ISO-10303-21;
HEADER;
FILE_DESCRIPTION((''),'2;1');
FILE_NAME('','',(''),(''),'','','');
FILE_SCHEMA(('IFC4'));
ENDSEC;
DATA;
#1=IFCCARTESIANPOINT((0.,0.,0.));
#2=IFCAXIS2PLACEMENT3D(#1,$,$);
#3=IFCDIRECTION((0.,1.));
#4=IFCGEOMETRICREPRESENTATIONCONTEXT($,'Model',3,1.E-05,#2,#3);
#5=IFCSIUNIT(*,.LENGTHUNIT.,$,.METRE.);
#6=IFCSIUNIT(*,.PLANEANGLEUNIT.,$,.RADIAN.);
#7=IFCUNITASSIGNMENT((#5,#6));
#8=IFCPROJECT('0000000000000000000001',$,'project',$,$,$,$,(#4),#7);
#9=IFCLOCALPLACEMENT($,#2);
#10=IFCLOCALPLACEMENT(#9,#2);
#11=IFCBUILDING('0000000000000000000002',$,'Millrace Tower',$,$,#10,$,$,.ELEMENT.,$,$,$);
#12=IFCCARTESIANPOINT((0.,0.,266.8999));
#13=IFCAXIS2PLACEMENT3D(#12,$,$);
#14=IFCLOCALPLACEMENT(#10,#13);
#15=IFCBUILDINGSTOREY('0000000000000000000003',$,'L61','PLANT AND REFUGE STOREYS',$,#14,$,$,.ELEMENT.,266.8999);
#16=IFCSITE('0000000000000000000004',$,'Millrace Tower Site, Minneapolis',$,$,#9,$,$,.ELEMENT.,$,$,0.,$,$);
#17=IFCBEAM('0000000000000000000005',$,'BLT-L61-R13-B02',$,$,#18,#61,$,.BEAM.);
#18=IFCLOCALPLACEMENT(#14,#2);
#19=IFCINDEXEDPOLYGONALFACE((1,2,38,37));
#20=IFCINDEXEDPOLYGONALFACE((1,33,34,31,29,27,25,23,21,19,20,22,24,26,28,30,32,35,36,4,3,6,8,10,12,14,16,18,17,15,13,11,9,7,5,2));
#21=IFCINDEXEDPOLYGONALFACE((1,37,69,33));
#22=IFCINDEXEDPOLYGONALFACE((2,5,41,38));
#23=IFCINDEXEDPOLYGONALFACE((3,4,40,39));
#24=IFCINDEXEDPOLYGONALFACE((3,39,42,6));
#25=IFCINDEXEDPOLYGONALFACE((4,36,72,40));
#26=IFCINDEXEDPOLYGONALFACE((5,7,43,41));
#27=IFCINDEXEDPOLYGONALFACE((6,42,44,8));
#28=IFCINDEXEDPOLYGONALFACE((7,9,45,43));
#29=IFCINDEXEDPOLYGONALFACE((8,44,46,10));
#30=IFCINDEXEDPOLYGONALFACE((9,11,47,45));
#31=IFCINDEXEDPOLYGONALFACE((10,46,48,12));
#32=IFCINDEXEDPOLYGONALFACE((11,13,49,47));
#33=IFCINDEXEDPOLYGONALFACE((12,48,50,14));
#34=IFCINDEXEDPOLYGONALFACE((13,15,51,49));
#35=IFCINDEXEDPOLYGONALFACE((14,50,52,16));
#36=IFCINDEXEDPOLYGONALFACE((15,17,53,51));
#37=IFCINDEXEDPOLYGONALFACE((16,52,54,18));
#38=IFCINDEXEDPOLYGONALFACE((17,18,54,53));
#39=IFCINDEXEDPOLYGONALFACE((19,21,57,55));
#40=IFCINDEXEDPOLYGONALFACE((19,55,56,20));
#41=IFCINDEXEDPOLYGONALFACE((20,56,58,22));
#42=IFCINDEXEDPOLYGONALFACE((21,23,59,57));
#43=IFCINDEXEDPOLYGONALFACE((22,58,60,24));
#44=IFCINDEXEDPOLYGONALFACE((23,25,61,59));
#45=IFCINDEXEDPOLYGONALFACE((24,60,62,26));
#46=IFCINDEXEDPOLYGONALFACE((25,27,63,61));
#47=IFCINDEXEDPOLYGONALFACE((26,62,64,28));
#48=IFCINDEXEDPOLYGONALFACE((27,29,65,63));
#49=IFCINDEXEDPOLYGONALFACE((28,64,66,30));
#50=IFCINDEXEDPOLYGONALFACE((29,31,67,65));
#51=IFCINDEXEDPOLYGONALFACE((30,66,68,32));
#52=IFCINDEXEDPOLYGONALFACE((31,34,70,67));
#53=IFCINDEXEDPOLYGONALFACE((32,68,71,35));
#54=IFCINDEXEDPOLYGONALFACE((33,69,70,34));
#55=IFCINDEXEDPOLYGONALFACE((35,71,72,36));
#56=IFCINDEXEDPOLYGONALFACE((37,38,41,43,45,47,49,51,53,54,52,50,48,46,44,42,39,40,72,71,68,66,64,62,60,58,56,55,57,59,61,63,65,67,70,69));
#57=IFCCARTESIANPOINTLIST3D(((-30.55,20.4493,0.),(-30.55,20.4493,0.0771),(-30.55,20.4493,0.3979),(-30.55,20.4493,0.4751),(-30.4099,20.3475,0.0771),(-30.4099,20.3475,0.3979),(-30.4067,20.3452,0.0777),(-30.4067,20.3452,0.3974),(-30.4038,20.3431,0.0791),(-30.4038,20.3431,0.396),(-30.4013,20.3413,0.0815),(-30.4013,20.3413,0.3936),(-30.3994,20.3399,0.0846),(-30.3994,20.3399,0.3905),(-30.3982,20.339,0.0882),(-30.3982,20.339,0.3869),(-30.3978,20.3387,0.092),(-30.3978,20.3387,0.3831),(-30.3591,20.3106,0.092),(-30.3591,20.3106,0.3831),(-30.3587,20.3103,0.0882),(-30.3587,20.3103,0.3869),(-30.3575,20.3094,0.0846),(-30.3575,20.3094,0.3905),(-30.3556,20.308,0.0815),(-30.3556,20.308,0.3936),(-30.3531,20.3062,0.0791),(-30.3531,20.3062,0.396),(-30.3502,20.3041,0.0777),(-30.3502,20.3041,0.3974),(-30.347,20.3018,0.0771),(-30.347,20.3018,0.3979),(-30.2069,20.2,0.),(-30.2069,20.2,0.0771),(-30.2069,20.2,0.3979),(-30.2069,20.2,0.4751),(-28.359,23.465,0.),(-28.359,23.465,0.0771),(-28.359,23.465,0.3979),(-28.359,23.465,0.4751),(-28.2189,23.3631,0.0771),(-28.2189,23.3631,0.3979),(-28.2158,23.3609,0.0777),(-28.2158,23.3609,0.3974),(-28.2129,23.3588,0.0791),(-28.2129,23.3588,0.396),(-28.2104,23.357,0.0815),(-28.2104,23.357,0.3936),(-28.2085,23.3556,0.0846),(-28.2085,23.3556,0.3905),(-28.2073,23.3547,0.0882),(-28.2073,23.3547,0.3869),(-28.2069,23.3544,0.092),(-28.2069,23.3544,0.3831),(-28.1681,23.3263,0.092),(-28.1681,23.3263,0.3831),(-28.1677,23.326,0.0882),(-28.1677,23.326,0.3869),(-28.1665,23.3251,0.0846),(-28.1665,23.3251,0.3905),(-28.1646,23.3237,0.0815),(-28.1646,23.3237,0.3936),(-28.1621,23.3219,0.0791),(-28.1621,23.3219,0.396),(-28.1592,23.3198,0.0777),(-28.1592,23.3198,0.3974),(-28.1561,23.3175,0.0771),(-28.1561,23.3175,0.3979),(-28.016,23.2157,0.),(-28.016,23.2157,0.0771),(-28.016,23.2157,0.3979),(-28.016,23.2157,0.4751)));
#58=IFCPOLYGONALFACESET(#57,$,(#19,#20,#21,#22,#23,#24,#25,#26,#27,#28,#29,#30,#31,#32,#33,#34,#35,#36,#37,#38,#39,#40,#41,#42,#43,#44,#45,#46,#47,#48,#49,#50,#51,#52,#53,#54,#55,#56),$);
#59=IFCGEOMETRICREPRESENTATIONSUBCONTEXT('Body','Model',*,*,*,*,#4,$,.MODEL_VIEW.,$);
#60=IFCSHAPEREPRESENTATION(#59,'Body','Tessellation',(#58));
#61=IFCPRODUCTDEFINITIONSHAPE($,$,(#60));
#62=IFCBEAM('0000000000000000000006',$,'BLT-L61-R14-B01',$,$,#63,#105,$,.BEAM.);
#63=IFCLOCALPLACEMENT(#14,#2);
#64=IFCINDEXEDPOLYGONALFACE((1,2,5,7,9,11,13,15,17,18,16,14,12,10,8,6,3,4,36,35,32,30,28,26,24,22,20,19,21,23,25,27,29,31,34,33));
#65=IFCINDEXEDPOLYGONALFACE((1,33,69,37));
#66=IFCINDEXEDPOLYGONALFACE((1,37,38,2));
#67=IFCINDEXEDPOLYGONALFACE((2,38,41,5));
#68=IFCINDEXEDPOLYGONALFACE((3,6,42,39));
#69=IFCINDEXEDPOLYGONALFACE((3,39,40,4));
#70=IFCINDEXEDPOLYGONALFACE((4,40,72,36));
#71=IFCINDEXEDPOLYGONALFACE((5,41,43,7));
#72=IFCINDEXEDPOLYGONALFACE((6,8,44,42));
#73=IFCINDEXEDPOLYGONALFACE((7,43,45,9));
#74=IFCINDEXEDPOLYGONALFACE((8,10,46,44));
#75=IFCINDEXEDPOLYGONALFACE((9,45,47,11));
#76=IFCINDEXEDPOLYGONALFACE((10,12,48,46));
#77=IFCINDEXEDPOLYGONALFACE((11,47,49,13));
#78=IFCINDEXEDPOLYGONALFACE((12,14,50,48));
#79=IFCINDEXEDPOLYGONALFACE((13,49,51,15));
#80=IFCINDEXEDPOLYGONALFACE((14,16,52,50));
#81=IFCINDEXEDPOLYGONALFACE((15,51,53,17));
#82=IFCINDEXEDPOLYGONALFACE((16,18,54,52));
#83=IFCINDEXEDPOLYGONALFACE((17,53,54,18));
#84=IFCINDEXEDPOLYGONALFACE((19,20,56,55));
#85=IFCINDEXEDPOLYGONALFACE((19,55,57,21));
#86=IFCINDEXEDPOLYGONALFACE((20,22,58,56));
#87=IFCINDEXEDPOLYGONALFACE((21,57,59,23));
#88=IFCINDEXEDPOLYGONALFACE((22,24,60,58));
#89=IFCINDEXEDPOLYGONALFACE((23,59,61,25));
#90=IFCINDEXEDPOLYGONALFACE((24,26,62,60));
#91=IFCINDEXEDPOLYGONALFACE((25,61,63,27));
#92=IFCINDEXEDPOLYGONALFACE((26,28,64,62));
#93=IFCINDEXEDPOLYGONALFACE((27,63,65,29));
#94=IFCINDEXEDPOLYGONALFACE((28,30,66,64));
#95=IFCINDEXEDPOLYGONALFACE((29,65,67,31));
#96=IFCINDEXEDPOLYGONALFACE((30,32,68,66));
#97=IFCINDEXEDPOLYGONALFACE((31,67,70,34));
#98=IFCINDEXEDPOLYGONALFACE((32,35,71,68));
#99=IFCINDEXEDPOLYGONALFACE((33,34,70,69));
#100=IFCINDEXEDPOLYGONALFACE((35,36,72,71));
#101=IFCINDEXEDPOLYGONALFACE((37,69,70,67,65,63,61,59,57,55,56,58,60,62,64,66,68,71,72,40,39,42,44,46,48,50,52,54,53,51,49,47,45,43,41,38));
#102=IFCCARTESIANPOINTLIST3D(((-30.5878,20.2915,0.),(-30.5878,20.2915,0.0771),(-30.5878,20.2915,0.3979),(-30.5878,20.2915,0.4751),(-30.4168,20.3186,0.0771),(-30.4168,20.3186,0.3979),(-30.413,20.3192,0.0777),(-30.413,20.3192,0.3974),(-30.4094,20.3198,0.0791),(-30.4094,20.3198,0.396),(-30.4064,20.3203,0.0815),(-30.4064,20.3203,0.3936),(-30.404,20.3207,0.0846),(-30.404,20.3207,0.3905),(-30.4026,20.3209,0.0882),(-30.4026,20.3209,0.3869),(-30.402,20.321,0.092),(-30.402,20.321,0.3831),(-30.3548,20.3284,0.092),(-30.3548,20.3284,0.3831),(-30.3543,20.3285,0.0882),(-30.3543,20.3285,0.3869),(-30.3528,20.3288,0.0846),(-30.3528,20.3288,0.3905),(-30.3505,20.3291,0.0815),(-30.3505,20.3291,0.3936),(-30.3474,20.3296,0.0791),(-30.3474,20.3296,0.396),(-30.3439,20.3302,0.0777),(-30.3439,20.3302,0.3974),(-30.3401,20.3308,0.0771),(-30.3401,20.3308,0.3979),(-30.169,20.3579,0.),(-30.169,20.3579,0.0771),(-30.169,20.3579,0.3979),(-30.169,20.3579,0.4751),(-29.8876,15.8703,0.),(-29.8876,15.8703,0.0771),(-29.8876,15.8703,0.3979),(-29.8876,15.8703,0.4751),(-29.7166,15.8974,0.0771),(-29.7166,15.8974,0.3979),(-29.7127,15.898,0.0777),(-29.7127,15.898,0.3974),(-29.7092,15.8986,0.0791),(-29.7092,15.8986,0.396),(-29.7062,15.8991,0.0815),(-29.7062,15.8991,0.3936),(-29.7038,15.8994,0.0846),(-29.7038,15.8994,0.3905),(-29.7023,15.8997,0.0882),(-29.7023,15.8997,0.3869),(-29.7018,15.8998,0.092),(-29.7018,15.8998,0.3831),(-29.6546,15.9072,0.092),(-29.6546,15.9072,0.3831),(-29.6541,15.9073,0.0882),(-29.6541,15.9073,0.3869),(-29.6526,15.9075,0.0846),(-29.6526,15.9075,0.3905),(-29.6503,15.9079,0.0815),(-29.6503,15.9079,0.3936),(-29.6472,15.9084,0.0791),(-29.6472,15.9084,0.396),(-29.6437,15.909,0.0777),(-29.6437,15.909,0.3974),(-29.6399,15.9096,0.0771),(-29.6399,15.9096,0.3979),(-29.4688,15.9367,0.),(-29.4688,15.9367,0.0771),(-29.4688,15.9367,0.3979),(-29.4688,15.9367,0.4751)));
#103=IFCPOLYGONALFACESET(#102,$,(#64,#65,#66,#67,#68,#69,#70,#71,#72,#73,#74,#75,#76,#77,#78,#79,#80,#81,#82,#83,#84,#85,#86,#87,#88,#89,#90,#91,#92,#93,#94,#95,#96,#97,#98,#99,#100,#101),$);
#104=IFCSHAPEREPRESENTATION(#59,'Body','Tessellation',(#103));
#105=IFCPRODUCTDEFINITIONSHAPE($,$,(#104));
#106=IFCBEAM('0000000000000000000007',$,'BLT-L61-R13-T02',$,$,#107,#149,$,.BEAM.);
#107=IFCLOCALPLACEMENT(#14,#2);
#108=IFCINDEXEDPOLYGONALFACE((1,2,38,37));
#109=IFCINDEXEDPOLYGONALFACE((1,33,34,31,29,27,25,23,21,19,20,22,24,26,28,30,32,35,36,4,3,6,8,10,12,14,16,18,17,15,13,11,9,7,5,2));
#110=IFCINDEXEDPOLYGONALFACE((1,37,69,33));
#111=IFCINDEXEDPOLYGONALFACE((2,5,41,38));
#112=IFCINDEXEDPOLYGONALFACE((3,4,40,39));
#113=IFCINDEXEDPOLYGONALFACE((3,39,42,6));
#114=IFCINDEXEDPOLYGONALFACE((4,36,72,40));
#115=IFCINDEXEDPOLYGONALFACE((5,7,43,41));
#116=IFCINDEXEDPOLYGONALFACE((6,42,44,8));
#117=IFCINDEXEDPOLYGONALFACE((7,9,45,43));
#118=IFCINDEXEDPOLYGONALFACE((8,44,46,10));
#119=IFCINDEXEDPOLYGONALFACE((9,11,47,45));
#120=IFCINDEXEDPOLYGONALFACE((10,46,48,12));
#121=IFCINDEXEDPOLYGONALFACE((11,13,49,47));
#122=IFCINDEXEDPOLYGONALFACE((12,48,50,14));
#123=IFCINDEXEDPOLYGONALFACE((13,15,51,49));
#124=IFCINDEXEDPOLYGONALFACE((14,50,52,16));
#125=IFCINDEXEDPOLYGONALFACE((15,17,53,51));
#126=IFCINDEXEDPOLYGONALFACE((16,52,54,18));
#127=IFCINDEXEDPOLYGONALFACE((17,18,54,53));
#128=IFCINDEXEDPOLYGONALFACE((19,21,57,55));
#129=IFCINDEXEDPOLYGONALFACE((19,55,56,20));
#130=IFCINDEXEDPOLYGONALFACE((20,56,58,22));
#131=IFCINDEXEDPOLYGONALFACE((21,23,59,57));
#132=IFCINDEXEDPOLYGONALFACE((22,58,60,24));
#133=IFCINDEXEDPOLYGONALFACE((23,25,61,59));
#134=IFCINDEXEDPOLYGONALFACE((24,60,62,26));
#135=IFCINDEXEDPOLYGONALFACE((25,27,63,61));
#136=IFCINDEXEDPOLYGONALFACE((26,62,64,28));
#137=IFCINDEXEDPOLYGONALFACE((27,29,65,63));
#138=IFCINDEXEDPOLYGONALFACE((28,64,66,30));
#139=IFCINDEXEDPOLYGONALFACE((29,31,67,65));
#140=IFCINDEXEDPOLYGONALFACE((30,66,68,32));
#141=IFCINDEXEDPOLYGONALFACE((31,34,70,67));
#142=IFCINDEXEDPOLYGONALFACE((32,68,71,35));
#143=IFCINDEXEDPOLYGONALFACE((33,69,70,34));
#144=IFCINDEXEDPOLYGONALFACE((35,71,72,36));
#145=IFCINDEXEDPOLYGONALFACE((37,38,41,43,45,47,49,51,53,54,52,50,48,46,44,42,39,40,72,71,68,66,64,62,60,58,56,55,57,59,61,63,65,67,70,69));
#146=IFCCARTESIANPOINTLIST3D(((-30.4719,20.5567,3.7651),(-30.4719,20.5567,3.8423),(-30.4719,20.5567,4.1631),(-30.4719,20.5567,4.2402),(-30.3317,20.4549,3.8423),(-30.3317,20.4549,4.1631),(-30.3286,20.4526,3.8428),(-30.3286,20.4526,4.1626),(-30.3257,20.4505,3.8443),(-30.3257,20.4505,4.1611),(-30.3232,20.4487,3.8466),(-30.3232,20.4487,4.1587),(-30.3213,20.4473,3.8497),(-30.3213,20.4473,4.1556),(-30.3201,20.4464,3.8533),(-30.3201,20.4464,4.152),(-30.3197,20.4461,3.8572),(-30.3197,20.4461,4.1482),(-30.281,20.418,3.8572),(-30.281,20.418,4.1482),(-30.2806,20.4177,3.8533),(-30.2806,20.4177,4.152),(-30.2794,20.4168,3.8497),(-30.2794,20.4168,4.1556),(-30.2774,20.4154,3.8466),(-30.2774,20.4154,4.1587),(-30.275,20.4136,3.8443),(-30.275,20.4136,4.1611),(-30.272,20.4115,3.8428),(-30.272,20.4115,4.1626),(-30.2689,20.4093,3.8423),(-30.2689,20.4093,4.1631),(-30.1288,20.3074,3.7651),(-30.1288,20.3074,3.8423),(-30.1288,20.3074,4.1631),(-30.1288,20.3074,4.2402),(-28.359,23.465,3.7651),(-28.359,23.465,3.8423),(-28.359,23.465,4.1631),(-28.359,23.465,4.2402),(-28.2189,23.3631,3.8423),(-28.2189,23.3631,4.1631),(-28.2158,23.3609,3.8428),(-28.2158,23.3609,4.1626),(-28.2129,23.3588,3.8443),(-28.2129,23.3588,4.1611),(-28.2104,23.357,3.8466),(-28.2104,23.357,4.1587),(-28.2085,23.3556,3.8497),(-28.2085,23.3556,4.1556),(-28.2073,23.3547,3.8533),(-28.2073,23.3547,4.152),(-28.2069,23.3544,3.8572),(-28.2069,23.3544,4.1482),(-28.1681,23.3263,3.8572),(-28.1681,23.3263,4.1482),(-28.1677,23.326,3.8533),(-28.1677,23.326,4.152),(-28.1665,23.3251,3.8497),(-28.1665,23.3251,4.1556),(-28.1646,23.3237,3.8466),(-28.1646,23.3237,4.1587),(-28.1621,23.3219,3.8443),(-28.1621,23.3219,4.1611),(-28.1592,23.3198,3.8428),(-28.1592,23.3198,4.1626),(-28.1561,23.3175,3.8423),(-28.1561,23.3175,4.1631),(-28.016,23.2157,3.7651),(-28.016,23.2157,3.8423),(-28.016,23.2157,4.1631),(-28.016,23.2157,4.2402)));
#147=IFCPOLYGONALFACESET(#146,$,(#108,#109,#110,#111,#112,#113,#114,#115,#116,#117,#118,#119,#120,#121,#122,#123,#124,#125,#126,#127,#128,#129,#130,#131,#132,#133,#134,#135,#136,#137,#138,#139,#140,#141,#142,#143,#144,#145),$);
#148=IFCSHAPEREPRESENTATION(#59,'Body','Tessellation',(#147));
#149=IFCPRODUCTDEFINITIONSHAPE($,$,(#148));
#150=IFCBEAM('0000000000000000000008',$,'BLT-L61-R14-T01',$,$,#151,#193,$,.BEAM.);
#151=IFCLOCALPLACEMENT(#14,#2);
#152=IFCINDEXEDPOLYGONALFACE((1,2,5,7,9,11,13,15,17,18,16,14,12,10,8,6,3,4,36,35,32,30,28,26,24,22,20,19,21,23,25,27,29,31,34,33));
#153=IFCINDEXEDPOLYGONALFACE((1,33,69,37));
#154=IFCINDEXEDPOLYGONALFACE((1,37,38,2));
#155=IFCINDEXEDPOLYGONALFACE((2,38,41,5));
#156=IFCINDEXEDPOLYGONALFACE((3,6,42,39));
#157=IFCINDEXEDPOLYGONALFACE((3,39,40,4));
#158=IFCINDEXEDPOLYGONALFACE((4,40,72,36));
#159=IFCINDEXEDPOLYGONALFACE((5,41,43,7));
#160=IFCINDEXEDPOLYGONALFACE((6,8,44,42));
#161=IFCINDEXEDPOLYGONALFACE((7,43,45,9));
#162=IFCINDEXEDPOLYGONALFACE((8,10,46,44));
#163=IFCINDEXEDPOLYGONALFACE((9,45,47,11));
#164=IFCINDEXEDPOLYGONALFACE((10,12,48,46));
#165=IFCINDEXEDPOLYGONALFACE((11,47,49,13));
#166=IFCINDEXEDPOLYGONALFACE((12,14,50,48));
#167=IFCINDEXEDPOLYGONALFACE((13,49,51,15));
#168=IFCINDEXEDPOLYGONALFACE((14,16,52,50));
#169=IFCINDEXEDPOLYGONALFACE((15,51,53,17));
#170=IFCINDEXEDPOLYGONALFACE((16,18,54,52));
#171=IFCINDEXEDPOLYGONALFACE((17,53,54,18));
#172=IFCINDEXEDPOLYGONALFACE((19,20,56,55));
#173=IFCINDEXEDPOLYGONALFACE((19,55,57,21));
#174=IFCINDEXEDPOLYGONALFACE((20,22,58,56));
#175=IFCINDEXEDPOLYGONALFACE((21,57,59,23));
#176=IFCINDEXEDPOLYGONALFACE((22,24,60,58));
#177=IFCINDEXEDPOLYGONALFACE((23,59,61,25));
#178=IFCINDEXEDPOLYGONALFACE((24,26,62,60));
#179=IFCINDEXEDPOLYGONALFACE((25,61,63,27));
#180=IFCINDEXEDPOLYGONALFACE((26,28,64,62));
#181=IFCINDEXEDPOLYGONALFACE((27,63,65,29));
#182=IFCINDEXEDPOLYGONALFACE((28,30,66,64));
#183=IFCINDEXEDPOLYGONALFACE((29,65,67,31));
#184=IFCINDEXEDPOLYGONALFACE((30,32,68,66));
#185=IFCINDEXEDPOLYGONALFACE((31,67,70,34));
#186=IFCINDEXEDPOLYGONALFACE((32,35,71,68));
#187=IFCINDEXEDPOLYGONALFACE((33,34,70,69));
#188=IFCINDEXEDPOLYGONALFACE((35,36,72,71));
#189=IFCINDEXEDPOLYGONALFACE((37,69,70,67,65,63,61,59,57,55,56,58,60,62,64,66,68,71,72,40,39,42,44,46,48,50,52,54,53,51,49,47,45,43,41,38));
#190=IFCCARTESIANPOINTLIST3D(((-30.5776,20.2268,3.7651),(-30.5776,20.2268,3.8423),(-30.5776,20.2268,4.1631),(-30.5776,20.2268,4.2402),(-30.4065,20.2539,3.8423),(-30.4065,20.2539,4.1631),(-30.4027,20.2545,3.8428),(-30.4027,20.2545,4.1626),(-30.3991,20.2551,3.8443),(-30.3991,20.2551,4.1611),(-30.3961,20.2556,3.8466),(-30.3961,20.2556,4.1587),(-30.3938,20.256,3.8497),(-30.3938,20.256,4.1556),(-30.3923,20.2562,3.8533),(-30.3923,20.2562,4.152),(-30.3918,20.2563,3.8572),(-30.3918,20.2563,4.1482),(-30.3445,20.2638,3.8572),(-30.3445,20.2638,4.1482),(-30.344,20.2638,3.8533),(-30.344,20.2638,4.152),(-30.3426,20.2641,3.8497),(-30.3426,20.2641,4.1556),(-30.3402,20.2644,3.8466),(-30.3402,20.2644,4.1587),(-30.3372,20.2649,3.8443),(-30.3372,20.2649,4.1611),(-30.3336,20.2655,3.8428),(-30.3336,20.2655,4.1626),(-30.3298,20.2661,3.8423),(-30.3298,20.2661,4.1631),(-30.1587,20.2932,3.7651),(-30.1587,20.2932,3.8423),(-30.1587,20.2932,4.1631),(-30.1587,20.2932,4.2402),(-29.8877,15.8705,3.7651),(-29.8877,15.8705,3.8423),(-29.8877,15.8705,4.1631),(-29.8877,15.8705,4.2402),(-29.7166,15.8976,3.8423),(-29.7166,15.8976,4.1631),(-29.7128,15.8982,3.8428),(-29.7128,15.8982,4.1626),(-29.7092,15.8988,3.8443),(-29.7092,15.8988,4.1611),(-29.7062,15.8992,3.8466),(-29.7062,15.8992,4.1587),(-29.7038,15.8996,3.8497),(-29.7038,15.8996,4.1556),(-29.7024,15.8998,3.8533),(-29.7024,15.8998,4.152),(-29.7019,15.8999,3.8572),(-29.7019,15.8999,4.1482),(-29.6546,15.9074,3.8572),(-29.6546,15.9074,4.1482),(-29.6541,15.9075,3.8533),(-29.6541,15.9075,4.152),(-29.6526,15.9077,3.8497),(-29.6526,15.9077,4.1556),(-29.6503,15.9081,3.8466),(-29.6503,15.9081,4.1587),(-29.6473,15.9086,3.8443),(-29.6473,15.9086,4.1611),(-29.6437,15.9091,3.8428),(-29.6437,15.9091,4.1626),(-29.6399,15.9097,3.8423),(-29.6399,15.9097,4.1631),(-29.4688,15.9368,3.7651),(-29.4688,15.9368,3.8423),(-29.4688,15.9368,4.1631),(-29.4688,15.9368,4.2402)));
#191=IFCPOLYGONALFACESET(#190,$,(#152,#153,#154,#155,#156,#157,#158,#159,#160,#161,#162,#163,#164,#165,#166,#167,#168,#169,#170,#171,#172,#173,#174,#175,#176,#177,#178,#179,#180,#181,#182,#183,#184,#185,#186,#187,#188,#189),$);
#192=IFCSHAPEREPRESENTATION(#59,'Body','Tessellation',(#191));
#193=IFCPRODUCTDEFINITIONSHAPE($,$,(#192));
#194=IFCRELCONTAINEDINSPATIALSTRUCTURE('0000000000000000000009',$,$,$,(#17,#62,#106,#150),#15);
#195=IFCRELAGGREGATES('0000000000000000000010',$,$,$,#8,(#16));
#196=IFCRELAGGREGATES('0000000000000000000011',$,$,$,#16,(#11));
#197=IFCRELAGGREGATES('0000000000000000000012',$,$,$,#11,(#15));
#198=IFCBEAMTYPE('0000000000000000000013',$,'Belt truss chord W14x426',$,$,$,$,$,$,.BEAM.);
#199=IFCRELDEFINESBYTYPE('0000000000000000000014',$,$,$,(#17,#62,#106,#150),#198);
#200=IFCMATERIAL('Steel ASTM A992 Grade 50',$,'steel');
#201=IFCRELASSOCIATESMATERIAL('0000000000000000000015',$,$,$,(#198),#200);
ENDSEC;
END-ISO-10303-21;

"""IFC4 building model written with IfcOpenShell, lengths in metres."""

from ifc_helpers import new_model, si_unit, direction, frame, origin, origin_2d, place, context, subcontext, project, spatial, i_section, extrude, material, material_profile, profile_set, type_object, element, save


model = new_model("IFC4")

# Units and contexts
model_context = context("Model", 3, precision=1e-05, world=origin(), true_north=direction((0.0, 1.0)))
body_context = subcontext(model_context, "Body", "Model", "MODEL_VIEW")
ifc_project = project(units=[si_unit("LENGTHUNIT", "METRE"), si_unit("PLANEANGLEUNIT", "RADIAN")], contexts=[model_context])

# Site, building, storey
site_placement = place(None, origin())
site = spatial("IfcSite", under=ifc_project, at=site_placement, Name="Millrace Tower Site, Minneapolis", CompositionType="ELEMENT", RefElevation=0.0)
building_placement = place(site_placement, origin())
building = spatial("IfcBuilding", under=site, at=building_placement, Name="Millrace Tower", CompositionType="ELEMENT")
storey_placement = place(building_placement, frame((0.0, 0.0, 266.8999)))
storey = spatial("IfcBuildingStorey", under=building, at=storey_placement, Name="L61", Description="PLANT AND REFUGE STOREYS", CompositionType="ELEMENT", Elevation=266.8999)

# Beams
ifc_material_1 = material(Name="Steel ASTM A992 Grade 50", Category="steel")
ifc_material_profile_1 = material_profile(ifc_material_1, i_section(OverallWidth=0.4241, OverallDepth=0.4751, WebThickness=0.0479, FlangeThickness=0.0771, FilletRadius=0.0149, at=origin_2d()))
ifc_profile_set_1 = profile_set([ifc_material_profile_1], Name="Steel ASTM A992 Grade 50")
beam_type_1 = type_object("IfcBeamType", Name="Belt truss chord W14x426", PredefinedType="BEAM", material=ifc_profile_set_1)
for number, where, z_axis, x_axis, name in (
    (1, (-28.1875, 23.3403, 0.2375), (-0.587774, -0.809025, 0.0), (0.809025, -0.587774, 0.0), "BLT-L61-R13-B02"),
):
    element("IfcBeam", number, at=place(storey_placement, frame(where, z_axis=z_axis, x_axis=x_axis)), inside=storey, type_object=beam_type_1, Name=name, PredefinedType="BEAM", context=body_context, shape_type="SweptSolid", body=[
        extrude(i_section(OverallWidth=0.4241, OverallDepth=0.4751, WebThickness=0.0479, FlangeThickness=0.0771, FilletRadius=0.0149, at=origin_2d()), origin(), (0.0, 0.0, 1.0), 3.7275),
    ])
beam_1_placement = place(storey_placement, frame((-30.3784, 20.3247, 0.2375), z_axis=(0.156425, -0.98769, 0.0), x_axis=(0.98769, 0.156425, 0.0)))
element("IfcBeam", 2, at=beam_1_placement, inside=storey, type_object=beam_type_1, Name="BLT-L61-R14-B01", PredefinedType="BEAM", context=body_context, shape_type="SweptSolid", body=[
    extrude(i_section(OverallWidth=0.4241, OverallDepth=0.4751, WebThickness=0.0479, FlangeThickness=0.0771, FilletRadius=0.0149, at=origin_2d()), origin(), (0.0, 0.0, 1.0), 4.4763),
])
beam_2_placement = place(storey_placement, frame((-28.1875, 23.3403, 4.0027), z_axis=(-0.58776, -0.809036, 0.0), x_axis=(0.809036, -0.58776, 0.0)))
element("IfcBeam", 3, at=beam_2_placement, inside=storey, type_object=beam_type_1, Name="BLT-L61-R13-T02", PredefinedType="BEAM", context=body_context, shape_type="SweptSolid", body=[
    extrude(i_section(OverallWidth=0.4241, OverallDepth=0.4751, WebThickness=0.0479, FlangeThickness=0.0771, FilletRadius=0.0149, at=origin_2d()), origin(), (0.0, 0.0, 1.0), 3.5947),
])
beam_3_placement = place(storey_placement, frame((-30.3682, 20.26, 4.0027), z_axis=(0.156423, -0.98769, 0.0), x_axis=(0.98769, 0.156423, 0.0)))
element("IfcBeam", 4, at=beam_3_placement, inside=storey, type_object=beam_type_1, Name="BLT-L61-R14-T01", PredefinedType="BEAM", context=body_context, shape_type="SweptSolid", body=[
    extrude(i_section(OverallWidth=0.4241, OverallDepth=0.4751, WebThickness=0.0479, FlangeThickness=0.0771, FilletRadius=0.0149, at=origin_2d()), origin(), (0.0, 0.0, 1.0), 4.4106),
])

save(model, "model.ifc")
